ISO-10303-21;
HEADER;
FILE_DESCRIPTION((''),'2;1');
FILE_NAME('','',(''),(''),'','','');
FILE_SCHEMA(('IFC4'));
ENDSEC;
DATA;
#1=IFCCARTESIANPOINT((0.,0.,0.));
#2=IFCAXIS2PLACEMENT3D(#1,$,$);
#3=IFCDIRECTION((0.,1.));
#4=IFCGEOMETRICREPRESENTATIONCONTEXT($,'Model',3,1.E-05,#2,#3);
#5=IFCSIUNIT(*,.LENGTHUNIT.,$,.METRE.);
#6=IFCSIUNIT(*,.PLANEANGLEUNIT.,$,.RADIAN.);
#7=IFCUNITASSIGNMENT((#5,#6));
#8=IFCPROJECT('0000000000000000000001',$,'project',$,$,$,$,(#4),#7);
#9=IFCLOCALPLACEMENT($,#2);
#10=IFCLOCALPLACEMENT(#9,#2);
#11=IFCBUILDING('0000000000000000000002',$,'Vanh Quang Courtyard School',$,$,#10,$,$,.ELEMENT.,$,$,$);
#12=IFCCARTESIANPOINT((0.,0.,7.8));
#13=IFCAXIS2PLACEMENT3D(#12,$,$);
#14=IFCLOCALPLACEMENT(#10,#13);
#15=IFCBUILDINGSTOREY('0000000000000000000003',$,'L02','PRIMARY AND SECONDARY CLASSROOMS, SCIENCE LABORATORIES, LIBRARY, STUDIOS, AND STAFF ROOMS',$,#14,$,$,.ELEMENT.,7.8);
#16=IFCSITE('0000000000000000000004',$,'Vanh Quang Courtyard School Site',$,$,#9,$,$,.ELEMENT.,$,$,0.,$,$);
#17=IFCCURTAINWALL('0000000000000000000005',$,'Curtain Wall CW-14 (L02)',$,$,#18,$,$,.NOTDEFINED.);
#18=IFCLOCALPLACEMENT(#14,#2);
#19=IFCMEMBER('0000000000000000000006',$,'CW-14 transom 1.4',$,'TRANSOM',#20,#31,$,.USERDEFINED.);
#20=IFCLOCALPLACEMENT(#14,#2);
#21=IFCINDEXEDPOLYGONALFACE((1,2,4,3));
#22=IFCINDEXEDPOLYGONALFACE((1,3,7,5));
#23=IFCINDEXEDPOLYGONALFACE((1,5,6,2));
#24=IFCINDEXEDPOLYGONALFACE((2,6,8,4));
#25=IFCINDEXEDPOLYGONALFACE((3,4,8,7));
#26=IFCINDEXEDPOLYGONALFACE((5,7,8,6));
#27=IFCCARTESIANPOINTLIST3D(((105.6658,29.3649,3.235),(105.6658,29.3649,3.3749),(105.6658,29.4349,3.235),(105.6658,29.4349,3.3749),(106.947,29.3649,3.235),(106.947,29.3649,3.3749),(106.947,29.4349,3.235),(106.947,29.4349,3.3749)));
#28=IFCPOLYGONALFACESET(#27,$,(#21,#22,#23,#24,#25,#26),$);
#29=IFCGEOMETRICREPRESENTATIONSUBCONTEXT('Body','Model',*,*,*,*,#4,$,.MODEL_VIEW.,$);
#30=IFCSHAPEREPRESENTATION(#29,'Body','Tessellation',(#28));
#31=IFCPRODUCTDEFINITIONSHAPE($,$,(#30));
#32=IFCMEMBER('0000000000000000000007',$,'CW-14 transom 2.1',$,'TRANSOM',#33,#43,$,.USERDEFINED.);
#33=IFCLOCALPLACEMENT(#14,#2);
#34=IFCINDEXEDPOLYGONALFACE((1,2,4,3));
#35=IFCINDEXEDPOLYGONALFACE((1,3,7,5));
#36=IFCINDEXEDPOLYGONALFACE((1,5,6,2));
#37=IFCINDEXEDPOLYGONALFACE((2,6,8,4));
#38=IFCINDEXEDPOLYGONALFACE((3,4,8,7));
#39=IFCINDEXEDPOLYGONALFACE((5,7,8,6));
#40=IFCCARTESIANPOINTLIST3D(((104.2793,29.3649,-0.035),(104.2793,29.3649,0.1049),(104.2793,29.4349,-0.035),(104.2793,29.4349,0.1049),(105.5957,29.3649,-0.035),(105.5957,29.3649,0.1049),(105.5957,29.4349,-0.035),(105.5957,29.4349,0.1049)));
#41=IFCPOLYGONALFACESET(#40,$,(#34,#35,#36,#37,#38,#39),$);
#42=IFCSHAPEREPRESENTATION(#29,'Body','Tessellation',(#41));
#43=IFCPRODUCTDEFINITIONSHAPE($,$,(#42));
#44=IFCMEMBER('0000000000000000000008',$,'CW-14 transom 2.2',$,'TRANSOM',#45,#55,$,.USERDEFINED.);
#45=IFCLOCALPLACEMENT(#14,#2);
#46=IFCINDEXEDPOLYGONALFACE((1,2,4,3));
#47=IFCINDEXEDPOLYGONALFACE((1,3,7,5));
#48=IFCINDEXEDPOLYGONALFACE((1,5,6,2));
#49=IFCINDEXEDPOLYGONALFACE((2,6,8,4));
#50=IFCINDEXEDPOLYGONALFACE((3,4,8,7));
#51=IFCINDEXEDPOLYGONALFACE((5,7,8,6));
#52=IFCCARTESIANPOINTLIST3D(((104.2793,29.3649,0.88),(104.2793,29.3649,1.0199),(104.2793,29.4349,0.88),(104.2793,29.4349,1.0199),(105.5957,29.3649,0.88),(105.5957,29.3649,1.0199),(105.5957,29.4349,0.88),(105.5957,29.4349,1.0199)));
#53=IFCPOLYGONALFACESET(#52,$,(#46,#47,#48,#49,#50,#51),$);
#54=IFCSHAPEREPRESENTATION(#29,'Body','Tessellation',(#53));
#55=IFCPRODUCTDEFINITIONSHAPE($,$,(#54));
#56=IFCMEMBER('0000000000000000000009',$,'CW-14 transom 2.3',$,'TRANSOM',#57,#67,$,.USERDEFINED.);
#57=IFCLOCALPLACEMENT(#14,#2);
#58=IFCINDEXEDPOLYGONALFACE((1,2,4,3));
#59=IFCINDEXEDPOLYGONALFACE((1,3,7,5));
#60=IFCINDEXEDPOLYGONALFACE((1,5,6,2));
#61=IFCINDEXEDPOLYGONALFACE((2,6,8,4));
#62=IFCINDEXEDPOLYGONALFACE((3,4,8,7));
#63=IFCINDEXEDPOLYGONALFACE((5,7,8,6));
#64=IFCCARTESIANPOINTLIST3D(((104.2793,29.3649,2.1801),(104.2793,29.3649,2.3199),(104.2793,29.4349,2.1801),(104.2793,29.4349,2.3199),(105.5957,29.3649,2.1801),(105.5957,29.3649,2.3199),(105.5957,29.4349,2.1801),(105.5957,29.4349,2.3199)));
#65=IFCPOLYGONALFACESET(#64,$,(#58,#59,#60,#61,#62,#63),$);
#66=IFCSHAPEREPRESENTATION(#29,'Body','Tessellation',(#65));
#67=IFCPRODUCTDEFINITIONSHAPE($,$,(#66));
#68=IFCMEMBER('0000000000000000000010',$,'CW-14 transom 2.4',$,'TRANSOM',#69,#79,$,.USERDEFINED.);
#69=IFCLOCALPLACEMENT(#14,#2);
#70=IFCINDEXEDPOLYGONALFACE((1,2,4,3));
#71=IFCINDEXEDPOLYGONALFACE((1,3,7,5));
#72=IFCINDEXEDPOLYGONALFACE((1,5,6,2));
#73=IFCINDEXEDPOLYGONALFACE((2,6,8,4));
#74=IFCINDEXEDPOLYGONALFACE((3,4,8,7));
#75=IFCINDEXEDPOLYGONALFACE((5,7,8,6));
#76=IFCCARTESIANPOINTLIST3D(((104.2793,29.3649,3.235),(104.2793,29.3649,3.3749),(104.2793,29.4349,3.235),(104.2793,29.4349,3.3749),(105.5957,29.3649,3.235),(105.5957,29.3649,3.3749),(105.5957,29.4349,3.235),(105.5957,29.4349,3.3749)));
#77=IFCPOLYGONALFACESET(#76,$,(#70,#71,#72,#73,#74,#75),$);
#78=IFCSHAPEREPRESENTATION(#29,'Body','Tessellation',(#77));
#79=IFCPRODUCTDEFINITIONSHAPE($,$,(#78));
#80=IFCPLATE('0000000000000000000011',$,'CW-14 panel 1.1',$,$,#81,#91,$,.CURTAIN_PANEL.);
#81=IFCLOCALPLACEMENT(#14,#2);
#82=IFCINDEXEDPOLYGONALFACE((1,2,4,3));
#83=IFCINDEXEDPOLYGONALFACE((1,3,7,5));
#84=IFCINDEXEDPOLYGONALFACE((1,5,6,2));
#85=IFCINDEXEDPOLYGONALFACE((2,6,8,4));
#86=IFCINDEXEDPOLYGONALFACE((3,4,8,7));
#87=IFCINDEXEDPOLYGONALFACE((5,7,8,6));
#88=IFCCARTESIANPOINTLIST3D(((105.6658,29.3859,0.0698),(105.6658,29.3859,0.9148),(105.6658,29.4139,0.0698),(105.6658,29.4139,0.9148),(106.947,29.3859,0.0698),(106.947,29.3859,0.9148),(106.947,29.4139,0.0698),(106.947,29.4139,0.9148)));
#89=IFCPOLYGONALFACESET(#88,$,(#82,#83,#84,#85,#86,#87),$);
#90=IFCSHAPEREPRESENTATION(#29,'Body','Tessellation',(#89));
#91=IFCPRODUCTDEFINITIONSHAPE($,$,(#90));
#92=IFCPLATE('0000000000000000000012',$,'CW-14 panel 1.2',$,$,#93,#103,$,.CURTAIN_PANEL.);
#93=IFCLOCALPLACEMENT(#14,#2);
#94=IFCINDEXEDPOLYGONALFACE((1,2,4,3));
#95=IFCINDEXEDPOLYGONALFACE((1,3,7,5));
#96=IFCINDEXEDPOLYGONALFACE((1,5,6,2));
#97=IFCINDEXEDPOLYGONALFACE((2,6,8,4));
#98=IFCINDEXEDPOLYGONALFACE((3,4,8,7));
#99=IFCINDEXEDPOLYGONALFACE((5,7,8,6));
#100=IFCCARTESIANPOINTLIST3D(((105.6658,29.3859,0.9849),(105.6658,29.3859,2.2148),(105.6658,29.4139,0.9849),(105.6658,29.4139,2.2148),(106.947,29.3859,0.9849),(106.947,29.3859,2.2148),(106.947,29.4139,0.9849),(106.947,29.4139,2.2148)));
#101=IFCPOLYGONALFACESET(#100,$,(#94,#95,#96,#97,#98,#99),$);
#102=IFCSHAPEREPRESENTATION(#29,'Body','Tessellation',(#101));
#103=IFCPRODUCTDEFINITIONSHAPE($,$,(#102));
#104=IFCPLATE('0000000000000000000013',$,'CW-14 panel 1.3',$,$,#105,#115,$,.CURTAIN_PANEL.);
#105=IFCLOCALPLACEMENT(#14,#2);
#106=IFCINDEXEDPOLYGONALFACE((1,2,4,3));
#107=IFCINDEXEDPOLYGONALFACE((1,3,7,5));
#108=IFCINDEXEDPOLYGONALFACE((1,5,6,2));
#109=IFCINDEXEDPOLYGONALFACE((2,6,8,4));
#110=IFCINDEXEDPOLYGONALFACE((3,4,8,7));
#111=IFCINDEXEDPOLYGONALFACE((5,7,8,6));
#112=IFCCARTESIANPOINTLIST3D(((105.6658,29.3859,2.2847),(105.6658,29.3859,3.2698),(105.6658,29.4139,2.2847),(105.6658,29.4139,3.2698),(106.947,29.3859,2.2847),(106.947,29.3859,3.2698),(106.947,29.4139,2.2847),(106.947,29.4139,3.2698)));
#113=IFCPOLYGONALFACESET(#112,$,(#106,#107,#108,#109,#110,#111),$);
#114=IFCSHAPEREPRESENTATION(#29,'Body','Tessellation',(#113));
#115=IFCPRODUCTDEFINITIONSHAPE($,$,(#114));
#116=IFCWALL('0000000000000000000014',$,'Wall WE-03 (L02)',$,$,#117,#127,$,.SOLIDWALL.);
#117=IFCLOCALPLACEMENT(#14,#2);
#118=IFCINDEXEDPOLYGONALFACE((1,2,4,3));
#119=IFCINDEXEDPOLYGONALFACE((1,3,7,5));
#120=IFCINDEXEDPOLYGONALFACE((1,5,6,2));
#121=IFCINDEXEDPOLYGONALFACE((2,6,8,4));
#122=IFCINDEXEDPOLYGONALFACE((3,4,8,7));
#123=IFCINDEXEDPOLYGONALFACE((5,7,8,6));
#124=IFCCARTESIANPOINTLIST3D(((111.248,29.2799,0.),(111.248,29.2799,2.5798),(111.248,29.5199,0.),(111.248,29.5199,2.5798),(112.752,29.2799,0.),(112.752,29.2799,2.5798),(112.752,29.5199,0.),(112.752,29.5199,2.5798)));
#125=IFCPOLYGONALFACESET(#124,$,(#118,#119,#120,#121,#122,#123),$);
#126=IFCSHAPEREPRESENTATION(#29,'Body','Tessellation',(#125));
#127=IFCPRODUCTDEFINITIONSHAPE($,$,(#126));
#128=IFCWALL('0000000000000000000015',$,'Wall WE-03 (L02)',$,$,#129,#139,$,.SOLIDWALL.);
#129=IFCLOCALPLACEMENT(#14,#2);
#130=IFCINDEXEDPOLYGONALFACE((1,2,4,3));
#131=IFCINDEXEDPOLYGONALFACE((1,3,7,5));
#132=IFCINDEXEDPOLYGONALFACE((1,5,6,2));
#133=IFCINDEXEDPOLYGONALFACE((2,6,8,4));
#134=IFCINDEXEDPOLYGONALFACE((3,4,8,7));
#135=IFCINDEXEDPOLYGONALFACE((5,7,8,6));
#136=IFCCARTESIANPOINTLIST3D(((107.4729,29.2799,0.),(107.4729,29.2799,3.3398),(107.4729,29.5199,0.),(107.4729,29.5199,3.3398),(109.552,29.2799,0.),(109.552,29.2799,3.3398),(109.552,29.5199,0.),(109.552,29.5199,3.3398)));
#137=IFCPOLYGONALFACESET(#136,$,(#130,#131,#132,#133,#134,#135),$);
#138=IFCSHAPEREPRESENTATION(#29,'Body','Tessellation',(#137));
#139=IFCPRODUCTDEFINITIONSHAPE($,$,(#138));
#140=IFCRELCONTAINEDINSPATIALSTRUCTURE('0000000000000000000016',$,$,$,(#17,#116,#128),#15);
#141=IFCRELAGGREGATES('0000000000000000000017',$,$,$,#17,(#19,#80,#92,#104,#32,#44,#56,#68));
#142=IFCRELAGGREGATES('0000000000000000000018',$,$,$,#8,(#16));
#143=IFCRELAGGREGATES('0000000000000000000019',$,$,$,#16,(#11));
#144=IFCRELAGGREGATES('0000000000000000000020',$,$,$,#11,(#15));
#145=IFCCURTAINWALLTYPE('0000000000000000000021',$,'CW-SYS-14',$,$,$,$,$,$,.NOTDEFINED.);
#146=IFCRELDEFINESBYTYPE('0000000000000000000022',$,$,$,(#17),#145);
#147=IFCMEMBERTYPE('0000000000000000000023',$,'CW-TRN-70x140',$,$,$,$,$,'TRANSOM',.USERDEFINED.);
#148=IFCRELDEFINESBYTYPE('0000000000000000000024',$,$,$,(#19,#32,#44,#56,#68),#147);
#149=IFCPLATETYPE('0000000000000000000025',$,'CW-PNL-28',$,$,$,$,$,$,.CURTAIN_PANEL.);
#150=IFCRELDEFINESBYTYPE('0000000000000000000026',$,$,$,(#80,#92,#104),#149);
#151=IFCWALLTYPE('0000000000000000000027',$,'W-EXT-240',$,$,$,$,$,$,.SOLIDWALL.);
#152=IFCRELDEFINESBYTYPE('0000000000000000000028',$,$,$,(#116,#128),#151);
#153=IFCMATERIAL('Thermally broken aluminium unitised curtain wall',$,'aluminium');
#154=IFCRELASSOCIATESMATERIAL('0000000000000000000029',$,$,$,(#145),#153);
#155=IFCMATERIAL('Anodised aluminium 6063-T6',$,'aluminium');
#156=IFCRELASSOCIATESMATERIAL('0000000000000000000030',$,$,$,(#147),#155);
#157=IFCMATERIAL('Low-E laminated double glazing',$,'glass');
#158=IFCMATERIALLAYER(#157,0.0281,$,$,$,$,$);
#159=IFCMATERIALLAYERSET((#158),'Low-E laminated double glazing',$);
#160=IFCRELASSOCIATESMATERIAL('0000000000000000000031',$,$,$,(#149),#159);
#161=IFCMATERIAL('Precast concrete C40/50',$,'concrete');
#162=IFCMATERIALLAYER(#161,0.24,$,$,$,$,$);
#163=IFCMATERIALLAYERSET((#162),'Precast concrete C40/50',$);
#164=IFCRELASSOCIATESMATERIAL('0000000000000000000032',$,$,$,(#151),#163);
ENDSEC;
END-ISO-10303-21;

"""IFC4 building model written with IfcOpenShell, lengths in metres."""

from ifc_helpers import new_model, si_unit, direction, frame, frame_2d, origin, origin_2d, place, context, subcontext, project, spatial, rectangle, extrude, material, layer, layer_set, material_profile, profile_set, type_object, element, aggregate, save


model = new_model("IFC4")

# Units and contexts
model_context = context("Model", 3, precision=1e-05, world=origin(), true_north=direction((0.0, 1.0)))
body_context = subcontext(model_context, "Body", "Model", "MODEL_VIEW")
ifc_project = project(units=[si_unit("LENGTHUNIT", "METRE"), si_unit("PLANEANGLEUNIT", "RADIAN")], contexts=[model_context])

# Site, building, storey
site_placement = place(None, origin())
site = spatial("IfcSite", under=ifc_project, at=site_placement, Name="Vanh Quang Courtyard School Site", CompositionType="ELEMENT", RefElevation=0.0)
building_placement = place(site_placement, origin())
building = spatial("IfcBuilding", under=site, at=building_placement, Name="Vanh Quang Courtyard School", CompositionType="ELEMENT")
storey_placement = place(building_placement, frame((0.0, 0.0, 7.8)))
storey = spatial("IfcBuildingStorey", under=building, at=storey_placement, Name="L02", Description="PRIMARY AND SECONDARY CLASSROOMS, SCIENCE LABORATORIES, LIBRARY, STUDIOS, AND STAFF ROOMS", CompositionType="ELEMENT", Elevation=7.8)

# Curtain wall, members, plates
ifc_material_1 = material(Name="Thermally broken aluminium unitised curtain wall", Category="aluminium")
curtain_wall_type = type_object("IfcCurtainWallType", Name="CW-SYS-14", PredefinedType="NOTDEFINED", material=ifc_material_1)
curtain_wall_placement = place(storey_placement, origin())
curtain_wall = element("IfcCurtainWall", 1, at=curtain_wall_placement, inside=storey, type_object=curtain_wall_type, Name="Curtain Wall CW-14 (L02)", PredefinedType="NOTDEFINED")
ifc_material_2 = material(Name="Anodised aluminium 6063-T6", Category="aluminium")
ifc_material_profile_1 = material_profile(ifc_material_2, rectangle(XDim=0.0701, YDim=0.1399, at=origin_2d()), Name="ALU-TRN 70x140")
ifc_profile_set_1 = profile_set([ifc_material_profile_1], Name="Anodised aluminium 6063-T6")
member_type_1 = type_object("IfcMemberType", Name="CW-TRN-70x140", ElementType="TRANSOM", PredefinedType="USERDEFINED", material=ifc_profile_set_1)
member_1_placement = place(storey_placement, frame((106.947, 29.3999, 3.3049), z_axis=(-1.0, 0.0, 0.0), x_axis=(0.0, -1.0, 0.0)))
member_1 = element("IfcMember", 2, at=member_1_placement, type_object=member_type_1, Name="CW-14 transom 1.4", ObjectType="TRANSOM", PredefinedType="USERDEFINED", context=body_context, shape_type="SweptSolid", body=[
    extrude(rectangle(XDim=0.0701, YDim=0.1399, at=origin_2d()), origin(), (0.0, 0.0, 1.0), 1.2812),
])
member_2_placement = place(storey_placement, frame((105.5957, 29.3999, 0.0349), z_axis=(-1.0, 0.0, 0.0), x_axis=(0.0, -1.0, 0.0)))
member_2 = element("IfcMember", 3, at=member_2_placement, type_object=member_type_1, Name="CW-14 transom 2.1", ObjectType="TRANSOM", PredefinedType="USERDEFINED", context=body_context, shape_type="SweptSolid", body=[
    extrude(rectangle(XDim=0.0701, YDim=0.1399, at=origin_2d()), origin(), (0.0, 0.0, 1.0), 1.3164),
])
member_3_placement = place(storey_placement, frame((105.5957, 29.3999, 0.95), z_axis=(-1.0, 0.0, 0.0), x_axis=(0.0, -1.0, 0.0)))
member_3 = element("IfcMember", 4, at=member_3_placement, type_object=member_type_1, Name="CW-14 transom 2.2", ObjectType="TRANSOM", PredefinedType="USERDEFINED", context=body_context, shape_type="SweptSolid", body=[
    extrude(rectangle(XDim=0.0701, YDim=0.1399, at=origin_2d()), origin(), (0.0, 0.0, 1.0), 1.3164),
])
member_4_placement = place(storey_placement, frame((105.5957, 29.3999, 2.25), z_axis=(-1.0, 0.0, 0.0), x_axis=(0.0, -1.0, 0.0)))
member_4 = element("IfcMember", 5, at=member_4_placement, type_object=member_type_1, Name="CW-14 transom 2.3", ObjectType="TRANSOM", PredefinedType="USERDEFINED", context=body_context, shape_type="SweptSolid", body=[
    extrude(rectangle(XDim=0.0701, YDim=0.1399, at=origin_2d()), origin(), (0.0, 0.0, 1.0), 1.3164),
])
member_5_placement = place(storey_placement, frame((105.5957, 29.3999, 3.3049), z_axis=(-1.0, 0.0, 0.0), x_axis=(0.0, -1.0, 0.0)))
member_5 = element("IfcMember", 6, at=member_5_placement, type_object=member_type_1, Name="CW-14 transom 2.4", ObjectType="TRANSOM", PredefinedType="USERDEFINED", context=body_context, shape_type="SweptSolid", body=[
    extrude(rectangle(XDim=0.0701, YDim=0.1399, at=origin_2d()), origin(), (0.0, 0.0, 1.0), 1.3164),
])
ifc_material_3 = material(Name="Low-E laminated double glazing", Category="glass")
ifc_layer_1 = layer(ifc_material_3, 0.0281)
ifc_layer_set_1 = layer_set([ifc_layer_1], Name="Low-E laminated double glazing")
plate_type = type_object("IfcPlateType", Name="CW-PNL-28", PredefinedType="CURTAIN_PANEL", material=ifc_layer_set_1)
plate_1_placement = place(storey_placement, frame((106.3064, 29.3999, 0.0698), z_axis=(0.0, 0.0, 1.0), x_axis=(-1.0, 0.0, 0.0)))
plate_1 = element("IfcPlate", 7, at=plate_1_placement, type_object=plate_type, Name="CW-14 panel 1.1", PredefinedType="CURTAIN_PANEL", context=body_context, shape_type="SweptSolid", body=[
    extrude(rectangle(XDim=1.2812, YDim=0.0281, at=origin_2d()), origin(), (0.0, 0.0, 1.0), 0.845),
])
plate_2_placement = place(storey_placement, frame((106.3064, 29.3999, 0.9849), z_axis=(0.0, 0.0, 1.0), x_axis=(-1.0, 0.0, 0.0)))
plate_2 = element("IfcPlate", 8, at=plate_2_placement, type_object=plate_type, Name="CW-14 panel 1.2", PredefinedType="CURTAIN_PANEL", context=body_context, shape_type="SweptSolid", body=[
    extrude(rectangle(XDim=1.2812, YDim=0.0281, at=origin_2d()), origin(), (0.0, 0.0, 1.0), 1.23),
])
plate_3_placement = place(storey_placement, frame((106.3064, 29.3999, 2.2847), z_axis=(0.0, 0.0, 1.0), x_axis=(-1.0, 0.0, 0.0)))
plate_3 = element("IfcPlate", 9, at=plate_3_placement, type_object=plate_type, Name="CW-14 panel 1.3", PredefinedType="CURTAIN_PANEL", context=body_context, shape_type="SweptSolid", body=[
    extrude(rectangle(XDim=1.2812, YDim=0.0281, at=origin_2d()), origin(), (0.0, 0.0, 1.0), 0.9851),
])
aggregate(curtain_wall, [member_1, plate_1, plate_2, plate_3, member_2, member_3, member_4, member_5])

# Walls
ifc_material_4 = material(Name="Precast concrete C40/50", Category="concrete")
ifc_layer_2 = layer(ifc_material_4, 0.24)
ifc_layer_set_2 = layer_set([ifc_layer_2], Name="Precast concrete C40/50")
wall_type = type_object("IfcWallType", Name="W-EXT-240", PredefinedType="SOLIDWALL", material=ifc_layer_set_2)
wall_1_placement = place(storey_placement, frame((112.752, 29.3999, 0.0), z_axis=(0.0, 0.0, 1.0), x_axis=(-1.0, 0.0, 0.0)))
element("IfcWall", 10, at=wall_1_placement, inside=storey, type_object=wall_type, Name="Wall WE-03 (L02)", PredefinedType="SOLIDWALL", context=body_context, shape_type="SweptSolid", body=[
    extrude(rectangle(XDim=1.5039, YDim=0.24, at=frame_2d((0.752, 0.0))), origin(), (0.0, 0.0, 1.0), 2.5798),
])
wall_2_placement = place(storey_placement, frame((109.552, 29.3999, 0.0), z_axis=(0.0, 0.0, 1.0), x_axis=(-1.0, 0.0, 0.0)))
element("IfcWall", 11, at=wall_2_placement, inside=storey, type_object=wall_type, Name="Wall WE-03 (L02)", PredefinedType="SOLIDWALL", context=body_context, shape_type="SweptSolid", body=[
    extrude(rectangle(XDim=2.0791, YDim=0.24, at=frame_2d((1.0396, 0.0))), origin(), (0.0, 0.0, 1.0), 3.3398),
])

save(model, "model.ifc")
